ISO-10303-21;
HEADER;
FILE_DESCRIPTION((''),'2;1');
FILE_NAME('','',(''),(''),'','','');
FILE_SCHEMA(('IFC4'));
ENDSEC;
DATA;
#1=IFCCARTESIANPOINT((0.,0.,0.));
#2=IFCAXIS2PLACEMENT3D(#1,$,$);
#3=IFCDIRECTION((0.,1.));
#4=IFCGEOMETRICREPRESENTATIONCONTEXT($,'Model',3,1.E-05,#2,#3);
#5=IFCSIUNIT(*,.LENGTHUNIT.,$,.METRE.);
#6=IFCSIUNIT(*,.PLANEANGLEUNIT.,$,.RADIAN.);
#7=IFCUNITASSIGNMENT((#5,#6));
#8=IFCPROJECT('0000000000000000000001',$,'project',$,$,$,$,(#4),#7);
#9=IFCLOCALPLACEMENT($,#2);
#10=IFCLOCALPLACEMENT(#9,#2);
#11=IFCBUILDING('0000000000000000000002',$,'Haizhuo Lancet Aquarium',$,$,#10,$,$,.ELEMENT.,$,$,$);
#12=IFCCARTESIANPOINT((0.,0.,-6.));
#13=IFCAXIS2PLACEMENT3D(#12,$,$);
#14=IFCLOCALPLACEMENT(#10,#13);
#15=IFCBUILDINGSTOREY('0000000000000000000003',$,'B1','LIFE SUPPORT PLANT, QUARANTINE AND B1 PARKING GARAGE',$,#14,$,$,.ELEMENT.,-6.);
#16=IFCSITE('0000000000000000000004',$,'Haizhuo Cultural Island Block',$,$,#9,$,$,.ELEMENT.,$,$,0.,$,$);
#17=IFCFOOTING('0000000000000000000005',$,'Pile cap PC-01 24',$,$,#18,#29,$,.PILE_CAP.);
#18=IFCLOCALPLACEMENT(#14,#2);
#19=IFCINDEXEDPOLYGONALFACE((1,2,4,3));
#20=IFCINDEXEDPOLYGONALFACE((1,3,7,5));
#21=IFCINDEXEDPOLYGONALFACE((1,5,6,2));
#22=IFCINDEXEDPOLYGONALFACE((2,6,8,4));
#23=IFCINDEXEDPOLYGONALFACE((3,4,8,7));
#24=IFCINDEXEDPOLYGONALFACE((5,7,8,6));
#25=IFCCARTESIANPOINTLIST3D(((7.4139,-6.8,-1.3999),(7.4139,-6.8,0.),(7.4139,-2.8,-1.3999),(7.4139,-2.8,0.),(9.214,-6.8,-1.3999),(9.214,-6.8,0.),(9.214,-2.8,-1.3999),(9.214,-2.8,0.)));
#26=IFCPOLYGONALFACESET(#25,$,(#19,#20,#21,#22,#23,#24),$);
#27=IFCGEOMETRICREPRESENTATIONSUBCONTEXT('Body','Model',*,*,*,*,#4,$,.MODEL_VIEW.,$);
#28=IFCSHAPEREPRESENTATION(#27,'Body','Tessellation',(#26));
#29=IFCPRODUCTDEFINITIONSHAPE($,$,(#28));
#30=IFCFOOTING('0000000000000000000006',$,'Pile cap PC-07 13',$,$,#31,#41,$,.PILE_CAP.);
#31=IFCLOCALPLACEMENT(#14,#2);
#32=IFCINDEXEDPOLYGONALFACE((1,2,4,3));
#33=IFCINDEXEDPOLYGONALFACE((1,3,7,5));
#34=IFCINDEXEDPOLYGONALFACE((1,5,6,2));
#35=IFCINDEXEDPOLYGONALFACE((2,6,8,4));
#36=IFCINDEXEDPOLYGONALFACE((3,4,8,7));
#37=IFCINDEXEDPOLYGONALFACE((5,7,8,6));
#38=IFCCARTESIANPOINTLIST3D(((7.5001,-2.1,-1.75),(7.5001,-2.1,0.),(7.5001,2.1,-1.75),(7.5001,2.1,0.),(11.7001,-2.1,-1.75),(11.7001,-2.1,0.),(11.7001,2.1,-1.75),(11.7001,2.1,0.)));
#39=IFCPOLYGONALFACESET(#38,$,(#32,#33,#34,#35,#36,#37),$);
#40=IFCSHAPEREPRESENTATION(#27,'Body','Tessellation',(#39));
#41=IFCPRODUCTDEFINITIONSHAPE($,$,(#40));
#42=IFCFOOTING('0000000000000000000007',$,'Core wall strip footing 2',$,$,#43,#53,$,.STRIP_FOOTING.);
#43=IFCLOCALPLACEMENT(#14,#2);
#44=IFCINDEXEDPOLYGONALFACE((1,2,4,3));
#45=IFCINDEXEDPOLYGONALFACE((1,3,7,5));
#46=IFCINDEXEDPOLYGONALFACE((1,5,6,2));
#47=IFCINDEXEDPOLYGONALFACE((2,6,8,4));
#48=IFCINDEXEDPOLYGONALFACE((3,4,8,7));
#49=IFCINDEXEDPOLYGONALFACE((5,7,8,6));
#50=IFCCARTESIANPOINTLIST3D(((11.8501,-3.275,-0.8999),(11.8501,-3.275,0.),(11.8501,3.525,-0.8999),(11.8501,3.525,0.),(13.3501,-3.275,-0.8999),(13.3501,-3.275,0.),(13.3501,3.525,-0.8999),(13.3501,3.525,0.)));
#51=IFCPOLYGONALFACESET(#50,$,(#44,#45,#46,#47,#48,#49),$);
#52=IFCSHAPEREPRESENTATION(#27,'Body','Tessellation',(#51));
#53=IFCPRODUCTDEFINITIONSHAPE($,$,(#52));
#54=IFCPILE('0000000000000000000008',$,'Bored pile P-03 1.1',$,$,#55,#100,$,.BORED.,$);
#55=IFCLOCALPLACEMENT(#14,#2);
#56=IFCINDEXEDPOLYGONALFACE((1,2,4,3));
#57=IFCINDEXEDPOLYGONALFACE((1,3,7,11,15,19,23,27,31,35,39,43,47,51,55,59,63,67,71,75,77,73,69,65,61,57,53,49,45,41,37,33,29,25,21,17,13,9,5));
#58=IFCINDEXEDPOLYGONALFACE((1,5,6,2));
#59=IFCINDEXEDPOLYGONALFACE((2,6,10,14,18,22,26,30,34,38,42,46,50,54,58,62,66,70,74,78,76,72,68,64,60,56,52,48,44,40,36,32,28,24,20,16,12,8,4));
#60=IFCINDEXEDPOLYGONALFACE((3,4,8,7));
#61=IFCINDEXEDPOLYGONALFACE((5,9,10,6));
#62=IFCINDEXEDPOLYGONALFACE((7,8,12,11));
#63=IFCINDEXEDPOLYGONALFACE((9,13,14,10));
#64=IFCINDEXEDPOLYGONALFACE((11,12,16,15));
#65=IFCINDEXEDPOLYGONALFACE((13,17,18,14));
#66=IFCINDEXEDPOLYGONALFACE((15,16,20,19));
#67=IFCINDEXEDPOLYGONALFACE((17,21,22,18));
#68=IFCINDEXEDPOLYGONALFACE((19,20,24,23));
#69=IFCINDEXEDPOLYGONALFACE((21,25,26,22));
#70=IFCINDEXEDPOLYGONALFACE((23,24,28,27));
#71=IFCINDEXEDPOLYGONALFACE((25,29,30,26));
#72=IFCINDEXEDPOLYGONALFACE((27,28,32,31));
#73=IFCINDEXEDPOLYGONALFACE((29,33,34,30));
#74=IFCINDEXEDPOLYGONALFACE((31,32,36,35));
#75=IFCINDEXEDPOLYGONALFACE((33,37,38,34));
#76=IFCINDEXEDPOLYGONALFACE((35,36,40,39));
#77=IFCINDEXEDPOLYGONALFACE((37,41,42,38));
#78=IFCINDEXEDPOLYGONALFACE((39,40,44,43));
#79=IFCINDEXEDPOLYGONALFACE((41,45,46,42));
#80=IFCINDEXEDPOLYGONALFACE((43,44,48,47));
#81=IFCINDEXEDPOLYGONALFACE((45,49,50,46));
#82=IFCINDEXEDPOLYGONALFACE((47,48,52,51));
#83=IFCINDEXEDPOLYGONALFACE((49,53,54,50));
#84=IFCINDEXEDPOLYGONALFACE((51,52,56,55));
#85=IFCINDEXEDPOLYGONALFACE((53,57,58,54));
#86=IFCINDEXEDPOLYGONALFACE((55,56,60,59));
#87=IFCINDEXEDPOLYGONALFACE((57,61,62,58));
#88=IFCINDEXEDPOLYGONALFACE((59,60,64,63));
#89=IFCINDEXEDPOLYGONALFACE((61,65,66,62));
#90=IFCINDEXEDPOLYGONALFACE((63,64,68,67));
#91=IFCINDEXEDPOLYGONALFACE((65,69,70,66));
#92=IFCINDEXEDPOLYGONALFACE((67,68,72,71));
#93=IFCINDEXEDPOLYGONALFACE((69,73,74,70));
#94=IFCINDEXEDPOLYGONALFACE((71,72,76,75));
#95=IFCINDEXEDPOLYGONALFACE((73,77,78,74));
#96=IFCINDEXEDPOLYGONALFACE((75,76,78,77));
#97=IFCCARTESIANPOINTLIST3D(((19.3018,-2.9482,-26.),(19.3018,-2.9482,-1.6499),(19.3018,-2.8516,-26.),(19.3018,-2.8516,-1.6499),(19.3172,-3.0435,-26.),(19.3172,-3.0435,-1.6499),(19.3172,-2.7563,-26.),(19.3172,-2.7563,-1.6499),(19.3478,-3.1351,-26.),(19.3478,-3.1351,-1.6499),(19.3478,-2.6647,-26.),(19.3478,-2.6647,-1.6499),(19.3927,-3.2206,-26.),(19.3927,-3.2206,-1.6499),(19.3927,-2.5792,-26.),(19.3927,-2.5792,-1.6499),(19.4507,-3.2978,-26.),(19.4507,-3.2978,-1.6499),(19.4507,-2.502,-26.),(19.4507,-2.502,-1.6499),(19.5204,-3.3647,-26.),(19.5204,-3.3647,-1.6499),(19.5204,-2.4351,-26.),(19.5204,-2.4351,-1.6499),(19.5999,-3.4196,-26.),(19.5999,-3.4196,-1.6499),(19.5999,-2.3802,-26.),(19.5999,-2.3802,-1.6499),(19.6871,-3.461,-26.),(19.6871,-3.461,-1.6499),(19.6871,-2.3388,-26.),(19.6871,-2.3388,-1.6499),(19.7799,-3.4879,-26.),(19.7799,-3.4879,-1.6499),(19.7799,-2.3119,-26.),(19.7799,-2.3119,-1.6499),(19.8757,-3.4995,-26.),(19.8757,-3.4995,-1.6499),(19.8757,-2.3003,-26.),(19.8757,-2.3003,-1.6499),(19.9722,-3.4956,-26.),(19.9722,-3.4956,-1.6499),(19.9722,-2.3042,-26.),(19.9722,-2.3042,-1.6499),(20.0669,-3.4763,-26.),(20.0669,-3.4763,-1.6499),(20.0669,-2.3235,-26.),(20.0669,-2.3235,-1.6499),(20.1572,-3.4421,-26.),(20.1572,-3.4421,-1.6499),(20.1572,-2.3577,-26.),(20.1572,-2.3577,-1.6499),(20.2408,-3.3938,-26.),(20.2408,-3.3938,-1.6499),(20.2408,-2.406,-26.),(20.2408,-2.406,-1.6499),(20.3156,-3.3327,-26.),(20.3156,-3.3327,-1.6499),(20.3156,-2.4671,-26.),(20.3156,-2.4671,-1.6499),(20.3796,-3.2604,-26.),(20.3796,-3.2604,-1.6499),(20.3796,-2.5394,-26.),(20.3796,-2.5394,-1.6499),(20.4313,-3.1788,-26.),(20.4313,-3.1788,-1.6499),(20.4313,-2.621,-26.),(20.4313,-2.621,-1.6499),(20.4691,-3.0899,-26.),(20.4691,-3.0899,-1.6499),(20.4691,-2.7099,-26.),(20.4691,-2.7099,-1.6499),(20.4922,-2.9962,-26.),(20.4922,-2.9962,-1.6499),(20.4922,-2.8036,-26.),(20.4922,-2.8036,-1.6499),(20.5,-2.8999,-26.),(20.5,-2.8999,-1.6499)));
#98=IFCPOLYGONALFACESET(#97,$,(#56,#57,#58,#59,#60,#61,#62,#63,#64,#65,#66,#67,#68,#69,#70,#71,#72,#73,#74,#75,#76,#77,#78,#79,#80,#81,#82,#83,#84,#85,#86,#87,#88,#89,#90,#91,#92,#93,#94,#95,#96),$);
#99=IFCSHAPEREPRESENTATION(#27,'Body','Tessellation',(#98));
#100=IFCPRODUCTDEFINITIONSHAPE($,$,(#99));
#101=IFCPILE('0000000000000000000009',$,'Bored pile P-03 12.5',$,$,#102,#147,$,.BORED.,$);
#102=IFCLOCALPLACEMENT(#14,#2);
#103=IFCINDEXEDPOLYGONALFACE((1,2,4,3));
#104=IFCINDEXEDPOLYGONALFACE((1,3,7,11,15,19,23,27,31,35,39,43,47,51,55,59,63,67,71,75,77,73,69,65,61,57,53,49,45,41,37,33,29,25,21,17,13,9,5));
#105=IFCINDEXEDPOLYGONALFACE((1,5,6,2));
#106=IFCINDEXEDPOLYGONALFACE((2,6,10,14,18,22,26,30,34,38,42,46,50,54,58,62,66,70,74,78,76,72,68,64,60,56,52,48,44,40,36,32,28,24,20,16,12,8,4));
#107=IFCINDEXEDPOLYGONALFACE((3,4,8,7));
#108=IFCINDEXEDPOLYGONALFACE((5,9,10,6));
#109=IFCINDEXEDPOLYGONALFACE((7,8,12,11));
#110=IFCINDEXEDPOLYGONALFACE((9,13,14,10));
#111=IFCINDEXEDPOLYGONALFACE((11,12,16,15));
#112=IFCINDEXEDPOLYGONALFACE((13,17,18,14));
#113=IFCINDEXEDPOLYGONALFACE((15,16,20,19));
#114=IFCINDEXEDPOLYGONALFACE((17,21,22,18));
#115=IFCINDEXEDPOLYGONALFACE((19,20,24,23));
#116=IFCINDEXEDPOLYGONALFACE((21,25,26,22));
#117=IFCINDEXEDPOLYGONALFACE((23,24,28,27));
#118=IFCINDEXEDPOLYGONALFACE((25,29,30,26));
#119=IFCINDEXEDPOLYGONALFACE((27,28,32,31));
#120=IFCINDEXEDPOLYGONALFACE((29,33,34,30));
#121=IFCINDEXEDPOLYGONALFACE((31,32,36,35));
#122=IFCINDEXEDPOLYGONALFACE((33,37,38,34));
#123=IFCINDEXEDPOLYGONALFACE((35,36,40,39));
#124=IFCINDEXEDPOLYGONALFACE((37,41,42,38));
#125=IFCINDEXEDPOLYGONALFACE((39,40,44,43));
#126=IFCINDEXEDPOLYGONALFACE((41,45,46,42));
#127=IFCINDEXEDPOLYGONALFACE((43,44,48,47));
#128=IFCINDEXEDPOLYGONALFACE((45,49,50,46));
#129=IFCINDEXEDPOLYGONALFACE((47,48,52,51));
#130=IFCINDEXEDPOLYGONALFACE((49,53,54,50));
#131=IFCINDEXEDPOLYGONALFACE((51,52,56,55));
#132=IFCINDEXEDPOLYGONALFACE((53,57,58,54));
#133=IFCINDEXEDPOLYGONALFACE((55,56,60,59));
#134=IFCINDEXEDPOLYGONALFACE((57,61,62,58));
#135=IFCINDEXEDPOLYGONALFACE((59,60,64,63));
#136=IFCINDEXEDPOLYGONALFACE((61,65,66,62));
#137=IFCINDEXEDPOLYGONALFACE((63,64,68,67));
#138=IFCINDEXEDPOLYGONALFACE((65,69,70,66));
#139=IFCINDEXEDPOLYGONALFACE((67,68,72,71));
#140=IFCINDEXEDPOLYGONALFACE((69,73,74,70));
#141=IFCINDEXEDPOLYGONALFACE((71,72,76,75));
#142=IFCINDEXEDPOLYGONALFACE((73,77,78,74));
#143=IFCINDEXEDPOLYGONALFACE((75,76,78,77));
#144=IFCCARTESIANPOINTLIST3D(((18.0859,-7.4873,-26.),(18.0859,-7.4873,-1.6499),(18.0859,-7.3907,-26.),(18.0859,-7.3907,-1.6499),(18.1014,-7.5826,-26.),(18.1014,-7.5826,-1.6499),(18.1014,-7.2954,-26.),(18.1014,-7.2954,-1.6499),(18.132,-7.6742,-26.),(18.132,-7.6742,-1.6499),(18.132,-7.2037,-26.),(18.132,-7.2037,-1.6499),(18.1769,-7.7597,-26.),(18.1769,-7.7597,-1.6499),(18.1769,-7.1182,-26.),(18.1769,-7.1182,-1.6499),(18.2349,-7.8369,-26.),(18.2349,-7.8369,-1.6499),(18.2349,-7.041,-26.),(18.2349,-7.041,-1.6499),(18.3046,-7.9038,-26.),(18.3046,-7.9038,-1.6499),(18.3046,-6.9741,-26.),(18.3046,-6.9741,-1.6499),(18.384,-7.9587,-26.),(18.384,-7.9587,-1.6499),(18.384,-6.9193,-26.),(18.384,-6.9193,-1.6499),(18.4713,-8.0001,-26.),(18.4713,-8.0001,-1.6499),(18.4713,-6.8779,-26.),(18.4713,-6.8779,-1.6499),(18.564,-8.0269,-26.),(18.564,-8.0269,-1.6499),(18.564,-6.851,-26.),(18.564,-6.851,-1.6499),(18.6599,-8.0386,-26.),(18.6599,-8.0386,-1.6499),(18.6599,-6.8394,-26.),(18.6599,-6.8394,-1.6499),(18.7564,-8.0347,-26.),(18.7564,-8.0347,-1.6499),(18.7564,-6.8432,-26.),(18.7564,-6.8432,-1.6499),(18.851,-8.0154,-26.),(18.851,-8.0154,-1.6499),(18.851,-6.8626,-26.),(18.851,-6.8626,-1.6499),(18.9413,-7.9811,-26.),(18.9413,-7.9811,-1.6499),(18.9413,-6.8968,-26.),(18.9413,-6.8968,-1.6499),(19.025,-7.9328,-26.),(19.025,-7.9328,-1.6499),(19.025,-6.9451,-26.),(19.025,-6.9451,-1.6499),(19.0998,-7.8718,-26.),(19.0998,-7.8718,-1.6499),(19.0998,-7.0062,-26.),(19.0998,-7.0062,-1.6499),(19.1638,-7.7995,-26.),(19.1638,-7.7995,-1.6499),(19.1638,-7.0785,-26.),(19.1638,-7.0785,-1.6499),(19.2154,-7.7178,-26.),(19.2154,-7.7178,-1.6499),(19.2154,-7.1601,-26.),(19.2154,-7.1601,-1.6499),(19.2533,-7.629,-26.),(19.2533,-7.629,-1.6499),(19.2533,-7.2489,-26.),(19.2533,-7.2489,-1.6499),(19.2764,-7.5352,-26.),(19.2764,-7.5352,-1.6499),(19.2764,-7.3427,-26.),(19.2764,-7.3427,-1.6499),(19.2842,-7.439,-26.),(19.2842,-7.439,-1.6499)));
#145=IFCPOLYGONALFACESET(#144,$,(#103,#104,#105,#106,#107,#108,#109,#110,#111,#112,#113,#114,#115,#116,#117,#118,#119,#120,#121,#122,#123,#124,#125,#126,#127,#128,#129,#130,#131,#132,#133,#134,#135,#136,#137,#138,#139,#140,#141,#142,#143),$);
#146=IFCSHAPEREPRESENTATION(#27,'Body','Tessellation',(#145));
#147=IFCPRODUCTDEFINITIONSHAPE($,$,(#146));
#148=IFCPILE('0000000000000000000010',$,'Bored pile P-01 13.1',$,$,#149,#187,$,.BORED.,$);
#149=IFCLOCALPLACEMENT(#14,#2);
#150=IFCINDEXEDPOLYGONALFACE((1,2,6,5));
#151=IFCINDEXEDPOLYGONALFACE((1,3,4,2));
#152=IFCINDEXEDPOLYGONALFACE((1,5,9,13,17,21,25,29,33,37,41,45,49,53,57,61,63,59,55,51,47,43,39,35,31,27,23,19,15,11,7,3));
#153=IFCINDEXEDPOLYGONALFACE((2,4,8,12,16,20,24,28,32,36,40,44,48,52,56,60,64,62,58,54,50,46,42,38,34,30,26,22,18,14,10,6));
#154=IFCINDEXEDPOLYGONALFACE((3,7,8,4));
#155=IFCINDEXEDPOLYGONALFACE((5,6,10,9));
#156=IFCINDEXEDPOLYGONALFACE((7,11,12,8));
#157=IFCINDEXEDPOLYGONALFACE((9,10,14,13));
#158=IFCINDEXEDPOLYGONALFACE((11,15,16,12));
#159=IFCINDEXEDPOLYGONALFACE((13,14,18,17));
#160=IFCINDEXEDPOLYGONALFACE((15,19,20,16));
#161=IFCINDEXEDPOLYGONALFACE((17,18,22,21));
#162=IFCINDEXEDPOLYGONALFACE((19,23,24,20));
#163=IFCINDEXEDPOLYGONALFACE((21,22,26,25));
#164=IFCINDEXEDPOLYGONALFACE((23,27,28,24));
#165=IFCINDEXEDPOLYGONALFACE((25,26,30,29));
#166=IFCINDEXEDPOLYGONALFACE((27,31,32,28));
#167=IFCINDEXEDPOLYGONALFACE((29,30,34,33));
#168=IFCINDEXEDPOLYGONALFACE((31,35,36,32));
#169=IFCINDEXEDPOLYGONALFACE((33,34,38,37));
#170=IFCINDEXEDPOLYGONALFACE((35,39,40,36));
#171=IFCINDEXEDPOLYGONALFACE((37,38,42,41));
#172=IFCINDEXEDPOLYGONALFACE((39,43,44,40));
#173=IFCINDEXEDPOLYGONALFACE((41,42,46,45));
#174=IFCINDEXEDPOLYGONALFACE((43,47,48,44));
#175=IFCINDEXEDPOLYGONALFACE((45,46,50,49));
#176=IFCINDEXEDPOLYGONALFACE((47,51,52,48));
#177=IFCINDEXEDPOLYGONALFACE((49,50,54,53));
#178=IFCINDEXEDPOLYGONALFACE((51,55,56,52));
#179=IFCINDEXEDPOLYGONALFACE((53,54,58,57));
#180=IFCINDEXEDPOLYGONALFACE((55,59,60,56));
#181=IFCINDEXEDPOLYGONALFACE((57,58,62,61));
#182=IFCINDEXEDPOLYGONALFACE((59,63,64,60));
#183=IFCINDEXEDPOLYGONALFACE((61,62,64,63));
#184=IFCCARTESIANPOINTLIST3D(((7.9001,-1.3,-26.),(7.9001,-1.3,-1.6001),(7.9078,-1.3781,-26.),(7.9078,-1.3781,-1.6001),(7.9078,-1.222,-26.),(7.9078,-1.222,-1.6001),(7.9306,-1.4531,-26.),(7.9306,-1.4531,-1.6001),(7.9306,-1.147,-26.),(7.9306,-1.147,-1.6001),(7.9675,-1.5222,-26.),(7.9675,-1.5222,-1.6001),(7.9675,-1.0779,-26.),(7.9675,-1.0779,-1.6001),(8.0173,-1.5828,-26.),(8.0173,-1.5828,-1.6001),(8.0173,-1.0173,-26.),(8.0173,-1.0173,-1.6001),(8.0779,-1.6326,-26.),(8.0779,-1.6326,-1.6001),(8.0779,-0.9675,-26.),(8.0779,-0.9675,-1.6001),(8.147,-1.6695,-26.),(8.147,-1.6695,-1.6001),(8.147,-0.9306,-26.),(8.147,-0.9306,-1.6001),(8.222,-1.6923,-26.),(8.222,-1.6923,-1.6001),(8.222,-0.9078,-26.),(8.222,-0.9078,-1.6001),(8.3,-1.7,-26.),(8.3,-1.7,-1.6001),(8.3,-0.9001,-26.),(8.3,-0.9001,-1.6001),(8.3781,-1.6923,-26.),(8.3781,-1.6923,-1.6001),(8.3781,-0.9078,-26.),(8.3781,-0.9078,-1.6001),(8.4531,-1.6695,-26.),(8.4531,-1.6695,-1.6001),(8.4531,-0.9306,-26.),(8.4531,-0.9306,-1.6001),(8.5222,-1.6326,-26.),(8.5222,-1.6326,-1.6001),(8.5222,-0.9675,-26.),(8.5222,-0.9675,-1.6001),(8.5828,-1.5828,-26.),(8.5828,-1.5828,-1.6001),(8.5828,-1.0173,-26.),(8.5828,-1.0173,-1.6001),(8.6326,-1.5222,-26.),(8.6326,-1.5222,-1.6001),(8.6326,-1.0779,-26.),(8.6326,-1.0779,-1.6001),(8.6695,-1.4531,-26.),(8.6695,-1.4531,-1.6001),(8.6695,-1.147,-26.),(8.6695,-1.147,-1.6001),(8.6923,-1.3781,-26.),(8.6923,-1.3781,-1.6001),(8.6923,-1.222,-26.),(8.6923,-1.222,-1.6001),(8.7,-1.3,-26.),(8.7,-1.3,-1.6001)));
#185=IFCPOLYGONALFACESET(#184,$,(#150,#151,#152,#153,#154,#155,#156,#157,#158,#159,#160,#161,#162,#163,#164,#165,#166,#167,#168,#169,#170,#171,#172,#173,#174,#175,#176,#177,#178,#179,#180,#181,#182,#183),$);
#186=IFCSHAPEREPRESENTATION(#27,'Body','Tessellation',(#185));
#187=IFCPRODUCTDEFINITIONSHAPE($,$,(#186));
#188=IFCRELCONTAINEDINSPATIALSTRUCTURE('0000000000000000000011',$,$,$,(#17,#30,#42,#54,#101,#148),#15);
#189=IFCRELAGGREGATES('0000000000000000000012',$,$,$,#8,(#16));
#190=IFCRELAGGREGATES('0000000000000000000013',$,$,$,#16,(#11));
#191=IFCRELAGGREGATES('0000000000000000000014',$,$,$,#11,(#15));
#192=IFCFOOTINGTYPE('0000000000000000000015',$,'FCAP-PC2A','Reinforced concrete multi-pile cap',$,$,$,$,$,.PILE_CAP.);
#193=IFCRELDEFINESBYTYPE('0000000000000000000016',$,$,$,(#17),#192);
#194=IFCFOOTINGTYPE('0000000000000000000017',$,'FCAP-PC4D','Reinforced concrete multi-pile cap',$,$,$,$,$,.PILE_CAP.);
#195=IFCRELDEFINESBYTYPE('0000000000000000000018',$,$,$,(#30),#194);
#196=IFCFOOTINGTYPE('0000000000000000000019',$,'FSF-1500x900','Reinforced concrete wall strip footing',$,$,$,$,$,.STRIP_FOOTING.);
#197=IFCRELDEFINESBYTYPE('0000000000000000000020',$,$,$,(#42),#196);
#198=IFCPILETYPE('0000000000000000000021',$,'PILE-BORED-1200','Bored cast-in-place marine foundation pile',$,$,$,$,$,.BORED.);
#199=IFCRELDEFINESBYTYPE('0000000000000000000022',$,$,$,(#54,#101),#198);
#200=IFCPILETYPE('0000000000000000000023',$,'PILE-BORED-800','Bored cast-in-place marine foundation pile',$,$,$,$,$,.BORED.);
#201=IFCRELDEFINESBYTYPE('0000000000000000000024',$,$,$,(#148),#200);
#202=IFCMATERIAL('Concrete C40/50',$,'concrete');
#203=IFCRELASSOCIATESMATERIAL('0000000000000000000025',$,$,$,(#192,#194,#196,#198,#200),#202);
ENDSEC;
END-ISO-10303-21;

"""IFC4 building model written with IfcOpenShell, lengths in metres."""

from ifc_helpers import new_model, si_unit, direction, frame, origin, origin_2d, place, context, subcontext, project, spatial, rectangle, circle, extrude, material, material_profile, profile_set, type_object, element, save


model = new_model("IFC4")

# Units and contexts
model_context = context("Model", 3, precision=1e-05, world=origin(), true_north=direction((0.0, 1.0)))
body_context = subcontext(model_context, "Body", "Model", "MODEL_VIEW")
ifc_project = project(units=[si_unit("LENGTHUNIT", "METRE"), si_unit("PLANEANGLEUNIT", "RADIAN")], contexts=[model_context])

# Site, building, storey
site_placement = place(None, origin())
site = spatial("IfcSite", under=ifc_project, at=site_placement, Name="Haizhuo Cultural Island Block", CompositionType="ELEMENT", RefElevation=0.0)
building_placement = place(site_placement, origin())
building = spatial("IfcBuilding", under=site, at=building_placement, Name="Haizhuo Lancet Aquarium", CompositionType="ELEMENT")
storey_placement = place(building_placement, frame((0.0, 0.0, -6.0)))
storey = spatial("IfcBuildingStorey", under=building, at=storey_placement, Name="B1", Description="LIFE SUPPORT PLANT, QUARANTINE AND B1 PARKING GARAGE", CompositionType="ELEMENT", Elevation=-6.0)

# Footings
ifc_material_1 = material(Name="Concrete C40/50", Category="concrete")
footing_type_1 = type_object("IfcFootingType", Name="FCAP-PC2A", Description="Reinforced concrete multi-pile cap", PredefinedType="PILE_CAP", material=ifc_material_1)
footing_1_placement = place(storey_placement, frame((8.314, -4.8, -1.3999), z_axis=(0.0, 0.0, 1.0), x_axis=(1.0, 0.0, 0.0)))
element("IfcFooting", 1, at=footing_1_placement, inside=storey, type_object=footing_type_1, Name="Pile cap PC-01 24", PredefinedType="PILE_CAP", context=body_context, shape_type="SweptSolid", body=[
    extrude(rectangle(XDim=1.8, YDim=4.0, at=origin_2d()), origin(), (0.0, 0.0, 1.0), 1.3999),
])
footing_type_2 = type_object("IfcFootingType", Name="FCAP-PC4D", Description="Reinforced concrete multi-pile cap", PredefinedType="PILE_CAP", material=ifc_material_1)
footing_2_placement = place(storey_placement, frame((9.6001, 0.0, -1.75), z_axis=(0.0, 0.0, 1.0), x_axis=(1.0, 0.0, 0.0)))
element("IfcFooting", 2, at=footing_2_placement, inside=storey, type_object=footing_type_2, Name="Pile cap PC-07 13", PredefinedType="PILE_CAP", context=body_context, shape_type="SweptSolid", body=[
    extrude(rectangle(XDim=4.2, YDim=4.2, at=origin_2d()), origin(), (0.0, 0.0, 1.0), 1.75),
])
footing_type_3 = type_object("IfcFootingType", Name="FSF-1500x900", Description="Reinforced concrete wall strip footing", PredefinedType="STRIP_FOOTING", material=ifc_material_1)
footing_3_placement = place(storey_placement, frame((12.6001, 0.125, -0.8999), z_axis=(0.0, 0.0, 1.0), x_axis=(0.0, 1.0, 0.0)))
element("IfcFooting", 3, at=footing_3_placement, inside=storey, type_object=footing_type_3, Name="Core wall strip footing 2", PredefinedType="STRIP_FOOTING", context=body_context, shape_type="SweptSolid", body=[
    extrude(rectangle(XDim=6.8, YDim=1.5, at=origin_2d()), origin(), (0.0, 0.0, 1.0), 0.8999),
])

# Piles
ifc_material_profile_1 = material_profile(ifc_material_1, circle(Radius=0.6001, at=origin_2d()), Name="PILE-1200")
ifc_profile_set_1 = profile_set([ifc_material_profile_1], Name="Concrete C40/50")
pile_type_1 = type_object("IfcPileType", Name="PILE-BORED-1200", Description="Bored cast-in-place marine foundation pile", PredefinedType="BORED", material=ifc_profile_set_1)
for number, where, z_axis, x_axis, name in (
    (4, (19.8999, -2.8999, -1.6499), (0.0, 0.0, -1.0), (1.0, 0.0, 0.0), "Bored pile P-03 1.1"),
    (5, (18.6841, -7.439, -1.6499), (0.0, 0.0, -1.0), (1.0, 0.0, 0.0), "Bored pile P-03 12.5"),
):
    element("IfcPile", number, at=place(storey_placement, frame(where, z_axis=z_axis, x_axis=x_axis)), inside=storey, type_object=pile_type_1, Name=name, PredefinedType="BORED", context=body_context, shape_type="SweptSolid", body=[
        extrude(circle(Radius=0.6001, at=origin_2d()), origin(), (0.0, 0.0, 1.0), 24.3501),
    ])
ifc_material_profile_2 = material_profile(ifc_material_1, circle(Radius=0.3999, at=origin_2d()), Name="PILE-800")
ifc_profile_set_2 = profile_set([ifc_material_profile_2], Name="Concrete C40/50")
pile_type_2 = type_object("IfcPileType", Name="PILE-BORED-800", Description="Bored cast-in-place marine foundation pile", PredefinedType="BORED", material=ifc_profile_set_2)
for number, where, z_axis, x_axis, name in (
    (6, (8.3, -1.3, -1.6001), (0.0, 0.0, -1.0), (1.0, 0.0, 0.0), "Bored pile P-01 13.1"),
):
    element("IfcPile", number, at=place(storey_placement, frame(where, z_axis=z_axis, x_axis=x_axis)), inside=storey, type_object=pile_type_2, Name=name, PredefinedType="BORED", context=body_context, shape_type="SweptSolid", body=[
        extrude(circle(Radius=0.3999, at=origin_2d()), origin(), (0.0, 0.0, 1.0), 24.3999),
    ])

save(model, "model.ifc")
